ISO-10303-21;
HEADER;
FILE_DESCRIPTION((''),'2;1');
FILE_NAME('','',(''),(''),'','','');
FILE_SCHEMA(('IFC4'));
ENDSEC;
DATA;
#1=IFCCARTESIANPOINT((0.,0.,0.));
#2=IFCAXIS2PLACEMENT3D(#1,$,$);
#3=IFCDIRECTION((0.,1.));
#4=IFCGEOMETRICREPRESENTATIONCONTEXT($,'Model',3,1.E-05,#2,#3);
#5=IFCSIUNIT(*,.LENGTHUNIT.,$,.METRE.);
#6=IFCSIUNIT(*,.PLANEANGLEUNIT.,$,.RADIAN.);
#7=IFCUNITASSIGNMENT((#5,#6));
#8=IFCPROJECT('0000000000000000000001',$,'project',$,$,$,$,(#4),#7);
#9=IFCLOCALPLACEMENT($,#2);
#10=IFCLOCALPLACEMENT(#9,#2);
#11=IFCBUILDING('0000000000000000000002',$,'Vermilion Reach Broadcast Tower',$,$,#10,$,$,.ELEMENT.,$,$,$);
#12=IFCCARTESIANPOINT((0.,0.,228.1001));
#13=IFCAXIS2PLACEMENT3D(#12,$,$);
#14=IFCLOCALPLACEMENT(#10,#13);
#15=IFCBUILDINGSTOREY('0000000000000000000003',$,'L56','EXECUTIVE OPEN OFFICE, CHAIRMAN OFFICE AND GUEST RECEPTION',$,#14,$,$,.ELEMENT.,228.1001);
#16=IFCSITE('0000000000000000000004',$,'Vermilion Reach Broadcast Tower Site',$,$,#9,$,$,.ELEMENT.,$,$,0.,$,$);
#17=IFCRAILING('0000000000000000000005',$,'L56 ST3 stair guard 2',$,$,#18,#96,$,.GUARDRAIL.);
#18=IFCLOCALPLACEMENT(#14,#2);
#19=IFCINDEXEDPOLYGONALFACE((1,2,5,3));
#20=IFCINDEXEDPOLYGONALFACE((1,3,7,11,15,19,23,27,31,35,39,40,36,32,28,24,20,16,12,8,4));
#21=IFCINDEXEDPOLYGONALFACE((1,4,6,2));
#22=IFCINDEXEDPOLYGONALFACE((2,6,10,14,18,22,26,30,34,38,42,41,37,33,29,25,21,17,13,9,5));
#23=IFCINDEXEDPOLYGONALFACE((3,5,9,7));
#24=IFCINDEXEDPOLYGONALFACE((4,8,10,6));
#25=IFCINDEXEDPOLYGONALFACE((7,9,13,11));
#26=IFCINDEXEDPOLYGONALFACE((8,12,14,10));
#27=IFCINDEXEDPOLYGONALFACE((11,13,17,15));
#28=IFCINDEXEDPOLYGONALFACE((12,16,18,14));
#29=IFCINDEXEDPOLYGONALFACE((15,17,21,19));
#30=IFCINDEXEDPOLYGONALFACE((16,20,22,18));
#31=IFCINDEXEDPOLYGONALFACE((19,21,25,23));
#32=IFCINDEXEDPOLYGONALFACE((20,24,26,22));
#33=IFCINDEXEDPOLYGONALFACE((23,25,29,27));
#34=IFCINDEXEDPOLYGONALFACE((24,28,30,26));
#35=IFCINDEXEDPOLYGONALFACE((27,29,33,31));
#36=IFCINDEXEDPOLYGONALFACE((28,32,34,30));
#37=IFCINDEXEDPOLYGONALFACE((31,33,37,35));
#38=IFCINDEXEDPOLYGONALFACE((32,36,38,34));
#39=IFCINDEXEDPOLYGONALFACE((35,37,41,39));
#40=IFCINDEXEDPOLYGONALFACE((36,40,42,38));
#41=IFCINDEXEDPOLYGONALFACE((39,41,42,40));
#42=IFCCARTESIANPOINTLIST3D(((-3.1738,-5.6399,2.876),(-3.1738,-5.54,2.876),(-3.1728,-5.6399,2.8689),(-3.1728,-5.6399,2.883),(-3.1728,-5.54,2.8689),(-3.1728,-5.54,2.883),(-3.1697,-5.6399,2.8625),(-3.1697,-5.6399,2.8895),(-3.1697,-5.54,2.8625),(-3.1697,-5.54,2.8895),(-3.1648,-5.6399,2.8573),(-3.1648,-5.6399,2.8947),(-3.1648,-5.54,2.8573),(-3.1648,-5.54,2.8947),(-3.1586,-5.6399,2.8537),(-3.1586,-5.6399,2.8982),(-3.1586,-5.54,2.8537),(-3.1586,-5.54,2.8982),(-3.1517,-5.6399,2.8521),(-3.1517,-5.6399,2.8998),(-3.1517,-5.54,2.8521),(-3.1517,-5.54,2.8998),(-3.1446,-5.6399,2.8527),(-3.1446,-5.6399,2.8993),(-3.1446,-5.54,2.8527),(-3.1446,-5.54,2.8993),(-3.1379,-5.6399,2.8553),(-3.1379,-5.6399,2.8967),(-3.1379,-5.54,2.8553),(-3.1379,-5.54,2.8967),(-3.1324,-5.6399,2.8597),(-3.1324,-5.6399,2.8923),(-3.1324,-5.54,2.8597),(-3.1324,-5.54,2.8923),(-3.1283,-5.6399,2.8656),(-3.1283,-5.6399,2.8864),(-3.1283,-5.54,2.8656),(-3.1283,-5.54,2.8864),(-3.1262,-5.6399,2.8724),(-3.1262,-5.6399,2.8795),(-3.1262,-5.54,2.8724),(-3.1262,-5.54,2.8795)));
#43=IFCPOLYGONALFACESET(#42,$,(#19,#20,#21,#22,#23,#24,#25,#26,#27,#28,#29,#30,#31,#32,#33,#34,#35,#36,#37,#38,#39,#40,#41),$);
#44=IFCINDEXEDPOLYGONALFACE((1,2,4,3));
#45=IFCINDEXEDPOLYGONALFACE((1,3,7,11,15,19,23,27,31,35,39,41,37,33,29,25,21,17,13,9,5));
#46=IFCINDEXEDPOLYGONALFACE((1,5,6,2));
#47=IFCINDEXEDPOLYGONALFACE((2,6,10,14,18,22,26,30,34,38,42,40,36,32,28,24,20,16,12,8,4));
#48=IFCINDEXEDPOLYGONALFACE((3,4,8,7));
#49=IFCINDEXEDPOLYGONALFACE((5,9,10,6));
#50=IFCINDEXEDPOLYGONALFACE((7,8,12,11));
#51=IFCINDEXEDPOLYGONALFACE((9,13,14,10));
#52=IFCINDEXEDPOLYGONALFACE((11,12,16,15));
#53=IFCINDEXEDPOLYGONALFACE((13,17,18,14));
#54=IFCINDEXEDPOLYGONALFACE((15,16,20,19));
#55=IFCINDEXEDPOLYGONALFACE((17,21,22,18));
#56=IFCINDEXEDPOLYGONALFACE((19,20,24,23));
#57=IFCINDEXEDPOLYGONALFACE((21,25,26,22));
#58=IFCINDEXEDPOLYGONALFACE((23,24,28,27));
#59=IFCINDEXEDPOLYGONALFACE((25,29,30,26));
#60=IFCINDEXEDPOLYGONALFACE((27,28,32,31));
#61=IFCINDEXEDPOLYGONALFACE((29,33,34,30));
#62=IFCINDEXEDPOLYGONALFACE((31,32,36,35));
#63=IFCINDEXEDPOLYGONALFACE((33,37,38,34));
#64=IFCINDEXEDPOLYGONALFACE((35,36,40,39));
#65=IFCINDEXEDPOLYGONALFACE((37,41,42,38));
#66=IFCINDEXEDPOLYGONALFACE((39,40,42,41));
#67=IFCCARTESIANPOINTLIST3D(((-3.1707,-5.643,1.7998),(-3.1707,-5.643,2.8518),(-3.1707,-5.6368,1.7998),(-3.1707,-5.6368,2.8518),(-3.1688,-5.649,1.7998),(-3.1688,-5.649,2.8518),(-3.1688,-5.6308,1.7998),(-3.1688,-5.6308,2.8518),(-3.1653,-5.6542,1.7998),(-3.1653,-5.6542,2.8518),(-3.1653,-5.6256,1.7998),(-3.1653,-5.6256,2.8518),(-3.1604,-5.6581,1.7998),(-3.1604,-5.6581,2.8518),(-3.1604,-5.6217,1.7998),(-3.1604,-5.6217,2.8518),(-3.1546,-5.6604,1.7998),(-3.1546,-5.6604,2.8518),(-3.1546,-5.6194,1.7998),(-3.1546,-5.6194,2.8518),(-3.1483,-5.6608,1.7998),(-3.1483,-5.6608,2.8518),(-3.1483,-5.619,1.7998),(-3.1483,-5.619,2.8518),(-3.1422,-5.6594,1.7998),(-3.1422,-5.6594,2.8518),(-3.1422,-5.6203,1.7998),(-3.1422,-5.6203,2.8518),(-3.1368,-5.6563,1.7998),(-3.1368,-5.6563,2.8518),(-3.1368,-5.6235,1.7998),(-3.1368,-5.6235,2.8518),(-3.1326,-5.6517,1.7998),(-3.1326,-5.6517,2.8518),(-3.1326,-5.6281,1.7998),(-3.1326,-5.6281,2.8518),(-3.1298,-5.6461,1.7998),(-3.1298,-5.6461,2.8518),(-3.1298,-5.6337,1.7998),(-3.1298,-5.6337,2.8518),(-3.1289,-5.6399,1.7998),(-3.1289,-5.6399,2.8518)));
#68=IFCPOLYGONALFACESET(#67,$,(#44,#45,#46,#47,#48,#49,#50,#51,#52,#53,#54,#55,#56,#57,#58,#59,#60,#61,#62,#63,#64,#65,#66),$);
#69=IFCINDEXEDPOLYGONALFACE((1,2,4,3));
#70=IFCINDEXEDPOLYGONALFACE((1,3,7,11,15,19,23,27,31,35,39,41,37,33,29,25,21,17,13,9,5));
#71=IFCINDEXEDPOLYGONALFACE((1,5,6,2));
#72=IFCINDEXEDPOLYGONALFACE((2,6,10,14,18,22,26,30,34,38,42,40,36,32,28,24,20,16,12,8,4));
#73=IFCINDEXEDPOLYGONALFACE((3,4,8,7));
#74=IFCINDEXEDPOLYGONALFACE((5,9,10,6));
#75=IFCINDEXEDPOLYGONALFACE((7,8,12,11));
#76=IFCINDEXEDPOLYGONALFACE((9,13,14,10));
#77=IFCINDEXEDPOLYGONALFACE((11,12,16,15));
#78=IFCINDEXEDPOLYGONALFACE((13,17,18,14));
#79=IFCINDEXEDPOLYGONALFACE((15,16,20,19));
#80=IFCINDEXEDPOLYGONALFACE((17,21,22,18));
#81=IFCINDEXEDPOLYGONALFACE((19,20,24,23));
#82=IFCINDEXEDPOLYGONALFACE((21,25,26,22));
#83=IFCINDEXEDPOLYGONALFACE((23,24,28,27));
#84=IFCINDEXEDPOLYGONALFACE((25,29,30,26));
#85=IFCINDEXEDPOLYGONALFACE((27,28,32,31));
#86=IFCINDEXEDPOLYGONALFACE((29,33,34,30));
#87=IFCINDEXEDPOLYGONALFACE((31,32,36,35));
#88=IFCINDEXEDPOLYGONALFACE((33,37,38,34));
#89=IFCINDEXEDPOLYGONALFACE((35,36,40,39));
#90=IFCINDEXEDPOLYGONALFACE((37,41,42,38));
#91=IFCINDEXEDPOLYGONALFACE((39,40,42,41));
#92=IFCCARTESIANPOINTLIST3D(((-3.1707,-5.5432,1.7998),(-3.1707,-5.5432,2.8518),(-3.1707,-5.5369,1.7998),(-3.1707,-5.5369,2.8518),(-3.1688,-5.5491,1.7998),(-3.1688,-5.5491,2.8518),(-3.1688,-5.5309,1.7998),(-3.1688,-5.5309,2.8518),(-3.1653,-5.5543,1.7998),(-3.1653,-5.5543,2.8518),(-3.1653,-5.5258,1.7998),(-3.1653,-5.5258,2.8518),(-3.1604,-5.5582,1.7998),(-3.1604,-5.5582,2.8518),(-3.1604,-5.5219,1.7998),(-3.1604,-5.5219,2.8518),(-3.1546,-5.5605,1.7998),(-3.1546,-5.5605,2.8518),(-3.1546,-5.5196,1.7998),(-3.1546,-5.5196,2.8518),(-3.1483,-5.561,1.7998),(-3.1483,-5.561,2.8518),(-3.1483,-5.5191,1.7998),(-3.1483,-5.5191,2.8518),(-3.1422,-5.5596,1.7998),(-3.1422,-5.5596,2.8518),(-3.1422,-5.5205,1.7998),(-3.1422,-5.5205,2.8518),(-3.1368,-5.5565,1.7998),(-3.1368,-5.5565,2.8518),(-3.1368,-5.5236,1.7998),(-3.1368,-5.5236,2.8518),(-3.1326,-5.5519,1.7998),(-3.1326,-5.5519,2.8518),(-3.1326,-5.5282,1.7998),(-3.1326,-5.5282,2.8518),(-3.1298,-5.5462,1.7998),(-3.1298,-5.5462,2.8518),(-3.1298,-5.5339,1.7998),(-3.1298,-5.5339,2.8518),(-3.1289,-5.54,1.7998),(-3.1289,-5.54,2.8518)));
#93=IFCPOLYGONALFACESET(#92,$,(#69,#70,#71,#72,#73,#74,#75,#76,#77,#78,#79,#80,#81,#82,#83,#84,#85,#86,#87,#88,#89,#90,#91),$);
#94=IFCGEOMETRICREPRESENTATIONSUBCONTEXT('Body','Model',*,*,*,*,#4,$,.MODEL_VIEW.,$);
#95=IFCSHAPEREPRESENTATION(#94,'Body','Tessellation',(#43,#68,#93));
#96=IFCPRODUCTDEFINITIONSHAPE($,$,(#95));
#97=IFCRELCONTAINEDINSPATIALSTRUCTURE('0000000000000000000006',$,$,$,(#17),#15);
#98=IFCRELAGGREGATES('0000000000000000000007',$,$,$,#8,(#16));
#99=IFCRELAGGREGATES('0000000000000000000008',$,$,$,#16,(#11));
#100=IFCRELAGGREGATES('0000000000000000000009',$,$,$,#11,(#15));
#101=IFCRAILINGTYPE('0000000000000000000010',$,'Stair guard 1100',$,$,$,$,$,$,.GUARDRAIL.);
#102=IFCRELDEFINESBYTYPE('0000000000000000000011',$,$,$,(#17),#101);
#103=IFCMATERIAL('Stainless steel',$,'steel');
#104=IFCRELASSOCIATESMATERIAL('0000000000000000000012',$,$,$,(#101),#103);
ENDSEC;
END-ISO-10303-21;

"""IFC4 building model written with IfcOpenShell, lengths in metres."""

from ifc_helpers import new_model, si_unit, direction, frame, origin, origin_2d, place, context, subcontext, project, spatial, circle, extrude, material, type_object, element, save


model = new_model("IFC4")

# Units and contexts
model_context = context("Model", 3, precision=1e-05, world=origin(), true_north=direction((0.0, 1.0)))
body_context = subcontext(model_context, "Body", "Model", "MODEL_VIEW")
ifc_project = project(units=[si_unit("LENGTHUNIT", "METRE"), si_unit("PLANEANGLEUNIT", "RADIAN")], contexts=[model_context])

# Site, building, storey
site_placement = place(None, origin())
site = spatial("IfcSite", under=ifc_project, at=site_placement, Name="Vermilion Reach Broadcast Tower Site", CompositionType="ELEMENT", RefElevation=0.0)
building_placement = place(site_placement, origin())
building = spatial("IfcBuilding", under=site, at=building_placement, Name="Vermilion Reach Broadcast Tower", CompositionType="ELEMENT")
storey_placement = place(building_placement, frame((0.0, 0.0, 228.1001)))
storey = spatial("IfcBuildingStorey", under=building, at=storey_placement, Name="L56", Description="EXECUTIVE OPEN OFFICE, CHAIRMAN OFFICE AND GUEST RECEPTION", CompositionType="ELEMENT", Elevation=228.1001)

# Railing
ifc_material_1 = material(Name="Stainless steel", Category="steel")
railing_type_1 = type_object("IfcRailingType", Name="Stair guard 1100", PredefinedType="GUARDRAIL", material=ifc_material_1)
railing_1_placement = place(storey_placement, frame((-3.1499, -5.6399, 1.7998)))
element("IfcRailing", 1, at=railing_1_placement, inside=storey, type_object=railing_type_1, Name="L56 ST3 stair guard 2", PredefinedType="GUARDRAIL", context=body_context, shape_type="SweptSolid", body=[
    extrude(circle(Radius=0.0239, at=origin_2d()), frame((0.0, 0.0, 1.0762), z_axis=(0.0, 1.0, 0.0), x_axis=(-1.0, 0.0, 0.0)), (0.0, 0.0, 1.0), 0.0999),
    extrude(circle(Radius=0.021, at=origin_2d()), origin(), (0.0, 0.0, 1.0), 1.052),
    extrude(circle(Radius=0.021, at=origin_2d()), frame((0.0, 0.0999, 0.0)), (0.0, 0.0, 1.0), 1.052),
])

save(model, "model.ifc")
